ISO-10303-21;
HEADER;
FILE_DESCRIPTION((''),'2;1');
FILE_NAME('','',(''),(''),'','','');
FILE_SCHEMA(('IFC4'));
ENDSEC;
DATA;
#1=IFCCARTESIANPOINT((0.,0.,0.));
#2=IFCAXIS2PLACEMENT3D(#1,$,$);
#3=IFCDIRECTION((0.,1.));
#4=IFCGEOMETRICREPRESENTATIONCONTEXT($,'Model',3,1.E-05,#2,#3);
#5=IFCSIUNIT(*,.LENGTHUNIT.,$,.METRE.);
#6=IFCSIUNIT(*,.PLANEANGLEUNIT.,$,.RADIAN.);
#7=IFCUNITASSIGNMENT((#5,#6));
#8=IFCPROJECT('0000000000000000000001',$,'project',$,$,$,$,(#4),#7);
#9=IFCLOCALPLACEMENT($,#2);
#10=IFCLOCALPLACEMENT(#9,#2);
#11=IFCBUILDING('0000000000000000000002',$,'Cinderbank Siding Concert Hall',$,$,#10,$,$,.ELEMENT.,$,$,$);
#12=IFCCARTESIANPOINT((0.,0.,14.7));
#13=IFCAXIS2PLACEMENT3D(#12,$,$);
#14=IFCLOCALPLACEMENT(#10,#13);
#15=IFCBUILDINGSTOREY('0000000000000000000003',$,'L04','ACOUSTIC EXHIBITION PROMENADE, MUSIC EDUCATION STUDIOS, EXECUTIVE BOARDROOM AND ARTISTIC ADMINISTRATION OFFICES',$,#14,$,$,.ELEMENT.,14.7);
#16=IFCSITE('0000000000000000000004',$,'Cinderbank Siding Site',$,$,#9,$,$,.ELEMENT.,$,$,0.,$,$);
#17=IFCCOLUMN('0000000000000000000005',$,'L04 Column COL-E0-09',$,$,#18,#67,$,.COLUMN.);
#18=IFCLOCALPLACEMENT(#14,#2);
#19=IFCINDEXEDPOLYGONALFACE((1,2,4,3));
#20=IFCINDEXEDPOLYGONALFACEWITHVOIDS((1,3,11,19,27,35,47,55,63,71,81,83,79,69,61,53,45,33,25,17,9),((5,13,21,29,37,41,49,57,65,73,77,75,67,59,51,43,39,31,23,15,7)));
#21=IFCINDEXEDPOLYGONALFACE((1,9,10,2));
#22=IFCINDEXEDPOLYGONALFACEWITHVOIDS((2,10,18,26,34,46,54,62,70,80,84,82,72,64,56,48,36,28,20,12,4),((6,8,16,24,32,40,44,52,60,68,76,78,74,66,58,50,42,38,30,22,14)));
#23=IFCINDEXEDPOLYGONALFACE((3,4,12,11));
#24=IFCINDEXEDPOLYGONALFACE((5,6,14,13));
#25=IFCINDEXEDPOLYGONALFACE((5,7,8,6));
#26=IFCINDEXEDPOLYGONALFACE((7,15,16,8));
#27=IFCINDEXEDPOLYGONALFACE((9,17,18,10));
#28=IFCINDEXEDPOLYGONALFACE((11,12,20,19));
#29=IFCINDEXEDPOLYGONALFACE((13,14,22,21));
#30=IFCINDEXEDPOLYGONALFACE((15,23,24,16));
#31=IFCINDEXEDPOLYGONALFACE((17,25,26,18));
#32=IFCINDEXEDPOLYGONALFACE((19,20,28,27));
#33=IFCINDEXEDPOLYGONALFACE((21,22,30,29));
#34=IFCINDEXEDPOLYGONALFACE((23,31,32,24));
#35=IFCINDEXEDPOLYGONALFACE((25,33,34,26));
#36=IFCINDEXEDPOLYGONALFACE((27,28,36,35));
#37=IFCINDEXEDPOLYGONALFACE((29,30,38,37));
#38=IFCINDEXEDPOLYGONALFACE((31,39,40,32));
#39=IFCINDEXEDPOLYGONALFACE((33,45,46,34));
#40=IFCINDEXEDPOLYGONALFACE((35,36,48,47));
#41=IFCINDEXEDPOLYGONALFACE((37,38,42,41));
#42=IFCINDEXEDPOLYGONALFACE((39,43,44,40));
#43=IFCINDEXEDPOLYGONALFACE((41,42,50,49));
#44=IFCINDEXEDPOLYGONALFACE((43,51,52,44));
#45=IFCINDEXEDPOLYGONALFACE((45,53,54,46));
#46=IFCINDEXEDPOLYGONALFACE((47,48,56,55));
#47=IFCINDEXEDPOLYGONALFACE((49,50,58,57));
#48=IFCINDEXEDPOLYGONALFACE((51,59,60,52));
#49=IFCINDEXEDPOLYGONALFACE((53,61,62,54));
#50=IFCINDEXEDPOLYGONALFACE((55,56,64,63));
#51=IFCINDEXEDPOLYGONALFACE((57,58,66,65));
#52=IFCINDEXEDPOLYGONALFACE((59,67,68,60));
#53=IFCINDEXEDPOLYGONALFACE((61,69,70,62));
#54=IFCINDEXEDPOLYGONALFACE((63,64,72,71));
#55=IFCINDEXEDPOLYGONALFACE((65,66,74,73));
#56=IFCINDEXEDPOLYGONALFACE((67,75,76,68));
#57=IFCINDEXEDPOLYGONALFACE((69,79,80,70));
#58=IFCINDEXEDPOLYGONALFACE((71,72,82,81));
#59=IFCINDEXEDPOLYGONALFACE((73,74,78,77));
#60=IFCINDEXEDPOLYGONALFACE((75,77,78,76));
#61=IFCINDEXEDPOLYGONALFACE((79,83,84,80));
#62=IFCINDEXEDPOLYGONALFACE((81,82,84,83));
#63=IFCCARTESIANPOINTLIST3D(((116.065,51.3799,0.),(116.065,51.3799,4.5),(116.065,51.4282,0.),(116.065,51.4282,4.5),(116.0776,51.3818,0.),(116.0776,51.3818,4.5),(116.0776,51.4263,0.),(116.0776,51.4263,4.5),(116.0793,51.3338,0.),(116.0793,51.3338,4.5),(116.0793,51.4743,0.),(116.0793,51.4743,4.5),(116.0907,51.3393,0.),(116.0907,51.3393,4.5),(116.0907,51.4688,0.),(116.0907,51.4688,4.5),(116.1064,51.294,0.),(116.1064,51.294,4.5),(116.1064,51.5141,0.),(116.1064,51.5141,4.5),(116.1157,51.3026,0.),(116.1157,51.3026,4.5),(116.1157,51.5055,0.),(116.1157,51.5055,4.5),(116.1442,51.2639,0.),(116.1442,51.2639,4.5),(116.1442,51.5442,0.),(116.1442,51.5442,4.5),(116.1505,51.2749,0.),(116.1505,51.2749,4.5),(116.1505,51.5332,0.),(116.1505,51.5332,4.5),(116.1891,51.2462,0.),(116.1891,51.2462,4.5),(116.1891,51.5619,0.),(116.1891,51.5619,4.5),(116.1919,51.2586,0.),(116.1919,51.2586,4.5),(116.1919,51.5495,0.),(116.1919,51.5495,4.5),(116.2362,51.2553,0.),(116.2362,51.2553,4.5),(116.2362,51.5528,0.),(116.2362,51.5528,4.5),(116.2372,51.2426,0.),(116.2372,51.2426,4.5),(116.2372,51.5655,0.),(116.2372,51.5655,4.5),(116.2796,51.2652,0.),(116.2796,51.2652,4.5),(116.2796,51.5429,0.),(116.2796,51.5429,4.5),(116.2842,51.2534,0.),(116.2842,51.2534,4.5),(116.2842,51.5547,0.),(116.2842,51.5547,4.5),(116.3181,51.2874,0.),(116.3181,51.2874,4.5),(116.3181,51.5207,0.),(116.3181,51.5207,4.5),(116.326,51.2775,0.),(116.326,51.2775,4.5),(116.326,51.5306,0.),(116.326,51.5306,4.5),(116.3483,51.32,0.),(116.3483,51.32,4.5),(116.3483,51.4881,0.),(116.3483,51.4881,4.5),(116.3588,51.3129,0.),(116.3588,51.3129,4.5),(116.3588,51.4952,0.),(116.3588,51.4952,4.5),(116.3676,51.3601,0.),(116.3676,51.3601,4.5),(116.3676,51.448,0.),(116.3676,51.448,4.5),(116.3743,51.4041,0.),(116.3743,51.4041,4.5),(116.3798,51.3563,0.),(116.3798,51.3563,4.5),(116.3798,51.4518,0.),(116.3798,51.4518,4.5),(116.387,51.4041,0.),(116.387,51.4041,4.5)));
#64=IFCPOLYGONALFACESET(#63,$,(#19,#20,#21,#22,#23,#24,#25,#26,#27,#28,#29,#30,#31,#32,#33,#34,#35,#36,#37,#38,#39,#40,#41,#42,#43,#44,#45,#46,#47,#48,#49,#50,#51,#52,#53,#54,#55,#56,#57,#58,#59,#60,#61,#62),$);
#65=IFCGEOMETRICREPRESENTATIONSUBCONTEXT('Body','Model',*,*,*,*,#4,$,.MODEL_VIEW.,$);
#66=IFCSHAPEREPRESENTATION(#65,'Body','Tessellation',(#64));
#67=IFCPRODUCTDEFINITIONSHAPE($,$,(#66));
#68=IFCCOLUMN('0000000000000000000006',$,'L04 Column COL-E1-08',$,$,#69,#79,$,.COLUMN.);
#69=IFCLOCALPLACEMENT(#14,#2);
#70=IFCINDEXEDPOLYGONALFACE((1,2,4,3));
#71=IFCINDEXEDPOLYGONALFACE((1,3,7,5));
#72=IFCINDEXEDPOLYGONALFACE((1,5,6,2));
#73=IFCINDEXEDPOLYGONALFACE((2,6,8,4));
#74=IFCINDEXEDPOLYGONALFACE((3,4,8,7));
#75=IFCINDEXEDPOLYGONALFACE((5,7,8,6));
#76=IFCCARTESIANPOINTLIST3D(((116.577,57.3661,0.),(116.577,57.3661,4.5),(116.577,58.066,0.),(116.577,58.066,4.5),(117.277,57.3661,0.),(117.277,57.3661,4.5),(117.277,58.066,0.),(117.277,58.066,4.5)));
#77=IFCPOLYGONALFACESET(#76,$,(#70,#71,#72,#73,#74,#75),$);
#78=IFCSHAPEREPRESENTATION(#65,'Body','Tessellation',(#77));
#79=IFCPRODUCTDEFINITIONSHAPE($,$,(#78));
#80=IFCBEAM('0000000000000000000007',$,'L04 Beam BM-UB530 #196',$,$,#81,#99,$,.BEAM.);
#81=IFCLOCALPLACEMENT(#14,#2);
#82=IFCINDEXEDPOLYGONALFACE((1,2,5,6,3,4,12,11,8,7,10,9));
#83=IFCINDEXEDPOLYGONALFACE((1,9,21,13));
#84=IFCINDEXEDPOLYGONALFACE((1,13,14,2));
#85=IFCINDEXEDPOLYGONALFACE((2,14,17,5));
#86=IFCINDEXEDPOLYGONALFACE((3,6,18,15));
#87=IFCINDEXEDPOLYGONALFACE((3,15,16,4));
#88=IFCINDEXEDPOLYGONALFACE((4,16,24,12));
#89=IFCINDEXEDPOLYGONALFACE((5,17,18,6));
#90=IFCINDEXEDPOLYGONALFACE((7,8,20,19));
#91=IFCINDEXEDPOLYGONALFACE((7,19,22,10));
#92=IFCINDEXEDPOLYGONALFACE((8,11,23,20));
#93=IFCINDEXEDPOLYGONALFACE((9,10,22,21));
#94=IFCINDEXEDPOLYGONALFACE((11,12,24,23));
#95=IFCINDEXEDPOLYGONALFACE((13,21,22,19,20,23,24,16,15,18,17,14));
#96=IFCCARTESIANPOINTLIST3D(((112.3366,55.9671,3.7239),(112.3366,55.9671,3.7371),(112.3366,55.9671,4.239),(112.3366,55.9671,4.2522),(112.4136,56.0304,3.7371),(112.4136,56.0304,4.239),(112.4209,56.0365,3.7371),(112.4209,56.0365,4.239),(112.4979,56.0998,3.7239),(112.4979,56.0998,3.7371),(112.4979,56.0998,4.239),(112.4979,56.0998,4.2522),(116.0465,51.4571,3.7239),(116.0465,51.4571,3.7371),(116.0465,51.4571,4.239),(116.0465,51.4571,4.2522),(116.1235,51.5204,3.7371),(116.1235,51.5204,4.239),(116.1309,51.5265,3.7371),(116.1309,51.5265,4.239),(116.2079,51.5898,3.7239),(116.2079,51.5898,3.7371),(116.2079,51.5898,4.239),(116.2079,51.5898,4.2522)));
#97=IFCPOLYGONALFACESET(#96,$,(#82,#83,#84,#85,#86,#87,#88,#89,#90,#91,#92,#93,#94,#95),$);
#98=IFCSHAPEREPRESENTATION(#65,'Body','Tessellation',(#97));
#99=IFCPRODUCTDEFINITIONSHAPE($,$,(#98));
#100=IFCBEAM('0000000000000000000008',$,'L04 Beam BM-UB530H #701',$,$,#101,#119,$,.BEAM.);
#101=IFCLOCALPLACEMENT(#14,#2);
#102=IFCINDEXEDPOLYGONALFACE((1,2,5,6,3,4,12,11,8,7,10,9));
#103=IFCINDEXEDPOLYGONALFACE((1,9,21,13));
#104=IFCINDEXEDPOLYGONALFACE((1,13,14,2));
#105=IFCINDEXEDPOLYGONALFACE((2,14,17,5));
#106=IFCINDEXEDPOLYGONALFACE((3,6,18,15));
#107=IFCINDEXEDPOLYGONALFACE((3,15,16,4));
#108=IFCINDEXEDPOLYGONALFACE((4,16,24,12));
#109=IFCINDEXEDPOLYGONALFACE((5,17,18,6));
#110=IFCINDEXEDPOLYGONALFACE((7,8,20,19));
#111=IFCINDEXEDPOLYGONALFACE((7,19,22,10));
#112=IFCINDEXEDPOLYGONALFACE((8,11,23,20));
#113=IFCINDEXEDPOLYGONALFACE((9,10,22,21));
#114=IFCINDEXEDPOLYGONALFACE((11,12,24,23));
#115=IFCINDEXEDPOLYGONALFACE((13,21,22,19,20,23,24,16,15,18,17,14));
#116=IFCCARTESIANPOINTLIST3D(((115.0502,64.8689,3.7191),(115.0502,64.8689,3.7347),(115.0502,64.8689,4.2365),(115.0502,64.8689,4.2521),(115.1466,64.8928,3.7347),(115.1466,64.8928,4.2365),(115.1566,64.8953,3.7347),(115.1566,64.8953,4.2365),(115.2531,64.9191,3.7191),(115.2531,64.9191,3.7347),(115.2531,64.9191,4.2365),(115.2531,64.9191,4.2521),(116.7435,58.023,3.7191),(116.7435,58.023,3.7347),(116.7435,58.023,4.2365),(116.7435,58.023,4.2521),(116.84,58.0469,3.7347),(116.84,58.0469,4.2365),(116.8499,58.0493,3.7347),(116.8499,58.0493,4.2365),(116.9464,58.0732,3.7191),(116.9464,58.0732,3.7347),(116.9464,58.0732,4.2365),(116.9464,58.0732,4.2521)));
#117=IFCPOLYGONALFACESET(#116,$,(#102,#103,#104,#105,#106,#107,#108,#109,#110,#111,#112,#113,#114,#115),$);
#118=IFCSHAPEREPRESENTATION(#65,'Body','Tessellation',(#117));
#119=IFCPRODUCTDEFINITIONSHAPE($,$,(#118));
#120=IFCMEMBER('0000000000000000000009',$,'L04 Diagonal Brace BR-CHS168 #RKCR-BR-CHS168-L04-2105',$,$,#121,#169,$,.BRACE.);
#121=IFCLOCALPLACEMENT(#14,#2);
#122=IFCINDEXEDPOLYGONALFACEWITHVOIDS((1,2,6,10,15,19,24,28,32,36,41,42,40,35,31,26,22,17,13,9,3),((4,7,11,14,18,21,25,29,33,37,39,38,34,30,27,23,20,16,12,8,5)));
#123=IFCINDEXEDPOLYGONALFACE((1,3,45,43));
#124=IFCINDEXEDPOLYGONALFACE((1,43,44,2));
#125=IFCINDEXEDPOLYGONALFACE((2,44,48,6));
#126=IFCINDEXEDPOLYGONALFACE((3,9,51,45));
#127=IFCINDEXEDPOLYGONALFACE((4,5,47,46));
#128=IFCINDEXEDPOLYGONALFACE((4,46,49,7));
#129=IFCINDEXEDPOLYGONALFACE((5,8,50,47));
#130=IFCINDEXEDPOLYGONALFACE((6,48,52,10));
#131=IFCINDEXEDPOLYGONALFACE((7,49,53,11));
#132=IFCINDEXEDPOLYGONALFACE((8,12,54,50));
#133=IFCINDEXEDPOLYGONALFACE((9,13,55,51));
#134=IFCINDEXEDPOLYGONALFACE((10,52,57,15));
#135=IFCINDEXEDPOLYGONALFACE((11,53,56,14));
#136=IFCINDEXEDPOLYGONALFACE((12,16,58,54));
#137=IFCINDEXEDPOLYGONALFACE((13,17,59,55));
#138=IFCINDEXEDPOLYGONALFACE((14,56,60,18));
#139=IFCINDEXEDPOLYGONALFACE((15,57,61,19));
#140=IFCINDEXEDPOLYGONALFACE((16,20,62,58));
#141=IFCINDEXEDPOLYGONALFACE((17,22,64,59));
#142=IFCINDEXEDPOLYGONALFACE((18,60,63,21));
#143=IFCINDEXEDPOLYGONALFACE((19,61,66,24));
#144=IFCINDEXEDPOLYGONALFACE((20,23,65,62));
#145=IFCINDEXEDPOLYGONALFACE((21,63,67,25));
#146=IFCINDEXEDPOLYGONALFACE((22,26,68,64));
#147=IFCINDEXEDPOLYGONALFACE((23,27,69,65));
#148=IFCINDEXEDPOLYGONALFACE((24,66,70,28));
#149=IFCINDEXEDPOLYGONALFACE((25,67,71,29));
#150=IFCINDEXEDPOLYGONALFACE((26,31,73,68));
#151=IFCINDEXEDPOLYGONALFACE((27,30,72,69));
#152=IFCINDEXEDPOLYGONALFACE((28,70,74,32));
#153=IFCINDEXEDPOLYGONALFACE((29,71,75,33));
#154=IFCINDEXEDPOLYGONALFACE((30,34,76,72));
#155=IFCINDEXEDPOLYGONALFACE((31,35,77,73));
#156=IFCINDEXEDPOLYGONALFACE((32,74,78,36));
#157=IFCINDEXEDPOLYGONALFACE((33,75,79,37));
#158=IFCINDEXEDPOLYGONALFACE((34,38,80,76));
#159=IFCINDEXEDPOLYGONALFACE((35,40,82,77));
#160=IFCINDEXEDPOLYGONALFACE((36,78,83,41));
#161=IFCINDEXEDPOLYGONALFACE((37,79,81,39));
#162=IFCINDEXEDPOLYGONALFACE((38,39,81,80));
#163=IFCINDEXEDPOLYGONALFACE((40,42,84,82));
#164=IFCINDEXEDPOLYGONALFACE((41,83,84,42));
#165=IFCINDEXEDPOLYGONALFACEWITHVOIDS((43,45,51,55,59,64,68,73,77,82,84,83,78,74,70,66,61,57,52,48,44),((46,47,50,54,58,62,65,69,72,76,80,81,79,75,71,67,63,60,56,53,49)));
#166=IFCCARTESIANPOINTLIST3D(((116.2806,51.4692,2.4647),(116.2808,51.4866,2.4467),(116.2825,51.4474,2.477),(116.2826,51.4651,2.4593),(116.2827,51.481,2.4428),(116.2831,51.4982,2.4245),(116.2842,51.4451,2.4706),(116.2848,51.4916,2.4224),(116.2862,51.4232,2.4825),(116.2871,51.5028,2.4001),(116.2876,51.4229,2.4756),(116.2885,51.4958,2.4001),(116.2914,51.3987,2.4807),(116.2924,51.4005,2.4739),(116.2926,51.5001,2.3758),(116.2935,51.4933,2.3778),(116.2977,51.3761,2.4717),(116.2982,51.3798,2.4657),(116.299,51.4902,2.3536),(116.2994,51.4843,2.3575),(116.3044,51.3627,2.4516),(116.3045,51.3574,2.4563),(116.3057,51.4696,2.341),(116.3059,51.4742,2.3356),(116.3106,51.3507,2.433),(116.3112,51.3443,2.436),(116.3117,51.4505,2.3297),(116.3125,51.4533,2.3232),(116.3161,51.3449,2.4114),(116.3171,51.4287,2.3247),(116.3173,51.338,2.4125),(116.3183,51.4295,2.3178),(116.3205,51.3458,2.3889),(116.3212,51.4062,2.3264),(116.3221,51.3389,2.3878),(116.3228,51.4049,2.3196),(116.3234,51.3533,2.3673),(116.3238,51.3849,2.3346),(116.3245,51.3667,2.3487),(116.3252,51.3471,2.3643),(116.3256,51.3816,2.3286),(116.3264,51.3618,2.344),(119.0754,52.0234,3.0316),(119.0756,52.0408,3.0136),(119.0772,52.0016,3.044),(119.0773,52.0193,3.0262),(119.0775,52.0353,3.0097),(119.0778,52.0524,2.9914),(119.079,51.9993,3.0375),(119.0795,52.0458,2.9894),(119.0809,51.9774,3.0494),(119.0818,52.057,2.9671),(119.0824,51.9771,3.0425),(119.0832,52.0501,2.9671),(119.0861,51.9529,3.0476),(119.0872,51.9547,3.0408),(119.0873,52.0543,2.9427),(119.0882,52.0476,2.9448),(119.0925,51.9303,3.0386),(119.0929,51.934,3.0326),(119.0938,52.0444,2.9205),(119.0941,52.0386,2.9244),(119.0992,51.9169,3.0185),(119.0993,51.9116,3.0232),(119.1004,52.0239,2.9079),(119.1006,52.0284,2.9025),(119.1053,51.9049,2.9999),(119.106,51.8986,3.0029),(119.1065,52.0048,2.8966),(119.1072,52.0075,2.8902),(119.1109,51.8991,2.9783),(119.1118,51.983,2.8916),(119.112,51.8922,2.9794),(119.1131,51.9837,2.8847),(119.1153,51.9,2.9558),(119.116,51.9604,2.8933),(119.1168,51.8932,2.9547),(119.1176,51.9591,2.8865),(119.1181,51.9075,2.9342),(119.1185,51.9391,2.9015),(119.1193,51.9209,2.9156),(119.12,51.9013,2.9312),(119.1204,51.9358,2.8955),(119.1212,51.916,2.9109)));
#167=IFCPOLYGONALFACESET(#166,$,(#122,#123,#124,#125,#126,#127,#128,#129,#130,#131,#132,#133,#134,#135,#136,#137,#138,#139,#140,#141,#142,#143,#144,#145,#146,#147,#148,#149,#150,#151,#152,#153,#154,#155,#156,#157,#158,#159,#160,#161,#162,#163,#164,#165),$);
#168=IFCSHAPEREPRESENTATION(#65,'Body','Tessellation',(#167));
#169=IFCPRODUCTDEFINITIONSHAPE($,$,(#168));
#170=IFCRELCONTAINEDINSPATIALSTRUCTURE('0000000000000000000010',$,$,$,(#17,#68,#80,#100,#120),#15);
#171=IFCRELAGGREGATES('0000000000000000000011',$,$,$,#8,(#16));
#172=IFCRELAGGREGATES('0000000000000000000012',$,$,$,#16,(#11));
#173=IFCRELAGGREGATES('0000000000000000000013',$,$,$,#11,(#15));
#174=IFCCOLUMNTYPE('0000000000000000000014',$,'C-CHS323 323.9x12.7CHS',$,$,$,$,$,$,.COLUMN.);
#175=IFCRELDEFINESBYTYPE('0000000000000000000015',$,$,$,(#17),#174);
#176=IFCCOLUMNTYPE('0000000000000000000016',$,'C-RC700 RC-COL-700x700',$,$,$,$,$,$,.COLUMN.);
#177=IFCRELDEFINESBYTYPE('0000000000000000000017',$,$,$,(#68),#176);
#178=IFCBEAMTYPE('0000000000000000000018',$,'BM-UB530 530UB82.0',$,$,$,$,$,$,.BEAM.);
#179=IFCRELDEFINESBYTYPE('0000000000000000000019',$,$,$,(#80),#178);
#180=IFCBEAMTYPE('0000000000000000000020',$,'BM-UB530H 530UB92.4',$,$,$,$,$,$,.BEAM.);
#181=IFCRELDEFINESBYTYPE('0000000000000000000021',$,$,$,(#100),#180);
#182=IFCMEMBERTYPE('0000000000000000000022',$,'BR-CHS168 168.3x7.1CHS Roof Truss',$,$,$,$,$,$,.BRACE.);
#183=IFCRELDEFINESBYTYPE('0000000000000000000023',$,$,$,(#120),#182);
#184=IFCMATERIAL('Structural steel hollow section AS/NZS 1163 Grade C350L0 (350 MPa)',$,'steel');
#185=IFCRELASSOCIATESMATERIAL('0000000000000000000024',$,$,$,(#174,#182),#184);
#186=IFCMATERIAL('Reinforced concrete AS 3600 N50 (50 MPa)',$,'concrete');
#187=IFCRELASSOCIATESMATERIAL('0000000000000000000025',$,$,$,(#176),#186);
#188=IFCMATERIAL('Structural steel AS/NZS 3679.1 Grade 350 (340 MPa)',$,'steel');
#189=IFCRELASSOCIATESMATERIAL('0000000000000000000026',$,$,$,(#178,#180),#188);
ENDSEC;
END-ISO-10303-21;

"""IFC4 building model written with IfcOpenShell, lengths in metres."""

from ifc_helpers import new_model, si_unit, direction, frame, origin, origin_2d, place, context, subcontext, project, spatial, rectangle, hollow_circle, i_section, extrude, material, material_profile, profile_set, type_object, element, save


model = new_model("IFC4")

# Units and contexts
model_context = context("Model", 3, precision=1e-05, world=origin(), true_north=direction((0.0, 1.0)))
body_context = subcontext(model_context, "Body", "Model", "MODEL_VIEW")
ifc_project = project(units=[si_unit("LENGTHUNIT", "METRE"), si_unit("PLANEANGLEUNIT", "RADIAN")], contexts=[model_context])

# Site, building, storey
site_placement = place(None, origin())
site = spatial("IfcSite", under=ifc_project, at=site_placement, Name="Cinderbank Siding Site", CompositionType="ELEMENT", RefElevation=0.0)
building_placement = place(site_placement, origin())
building = spatial("IfcBuilding", under=site, at=building_placement, Name="Cinderbank Siding Concert Hall", CompositionType="ELEMENT")
storey_placement = place(building_placement, frame((0.0, 0.0, 14.7)))
storey = spatial("IfcBuildingStorey", under=building, at=storey_placement, Name="L04", Description="ACOUSTIC EXHIBITION PROMENADE, MUSIC EDUCATION STUDIOS, EXECUTIVE BOARDROOM AND ARTISTIC ADMINISTRATION OFFICES", CompositionType="ELEMENT", Elevation=14.7)

# Columns
ifc_material_1 = material(Name="Structural steel hollow section AS/NZS 1163 Grade C350L0 (350 MPa)", Category="steel")
ifc_material_profile_1 = material_profile(ifc_material_1, hollow_circle(Radius=0.1619, WallThickness=0.0127, at=origin_2d()), Name="323.9x12.7CHS", Category="LoadBearing")
ifc_profile_set_1 = profile_set([ifc_material_profile_1], Name="Structural steel hollow section AS/NZS 1163 Grade C350L0 (350 MPa)")
column_type_1 = type_object("IfcColumnType", Name="C-CHS323 323.9x12.7CHS", PredefinedType="COLUMN", material=ifc_profile_set_1)
column_1_placement = place(storey_placement, frame((116.2251, 51.4041, 0.0), z_axis=(0.0, 0.0, 1.0), x_axis=(1.0, 0.0, 0.0)))
element("IfcColumn", 1, at=column_1_placement, inside=storey, type_object=column_type_1, Name="L04 Column COL-E0-09", PredefinedType="COLUMN", context=body_context, shape_type="SweptSolid", body=[
    extrude(hollow_circle(Radius=0.1619, WallThickness=0.0127, at=origin_2d()), origin(), (0.0, 0.0, 1.0), 4.5),
])
ifc_material_2 = material(Name="Reinforced concrete AS 3600 N50 (50 MPa)", Category="concrete")
ifc_material_profile_2 = material_profile(ifc_material_2, rectangle(XDim=0.7, YDim=0.7, at=origin_2d()), Name="RC-COL-700x700", Category="LoadBearing")
ifc_profile_set_2 = profile_set([ifc_material_profile_2], Name="Reinforced concrete AS 3600 N50 (50 MPa)")
column_type_2 = type_object("IfcColumnType", Name="C-RC700 RC-COL-700x700", PredefinedType="COLUMN", material=ifc_profile_set_2)
column_2_placement = place(storey_placement, frame((116.927, 57.7161, 0.0), z_axis=(0.0, 0.0, 1.0), x_axis=(1.0, 0.0, 0.0)))
element("IfcColumn", 2, at=column_2_placement, inside=storey, type_object=column_type_2, Name="L04 Column COL-E1-08", PredefinedType="COLUMN", context=body_context, shape_type="SweptSolid", body=[
    extrude(rectangle(XDim=0.7, YDim=0.7, at=origin_2d()), origin(), (0.0, 0.0, 1.0), 4.5),
])

# Beams
ifc_material_3 = material(Name="Structural steel AS/NZS 3679.1 Grade 350 (340 MPa)", Category="steel")
ifc_material_profile_3 = material_profile(ifc_material_3, i_section(OverallWidth=0.209, OverallDepth=0.5283, WebThickness=0.0095, FlangeThickness=0.0132, at=origin_2d()), Name="530UB82.0", Category="LoadBearing")
ifc_profile_set_3 = profile_set([ifc_material_profile_3], Name="Structural steel AS/NZS 3679.1 Grade 350 (340 MPa)")
beam_type_1 = type_object("IfcBeamType", Name="BM-UB530 530UB82.0", PredefinedType="BEAM", material=ifc_profile_set_3)
beam_1_placement = place(storey_placement, frame((116.1272, 51.5234, 3.988), z_axis=(-0.635282, 0.77228, 0.0), x_axis=(-0.77228, -0.635282, 0.0)))
element("IfcBeam", 3, at=beam_1_placement, inside=storey, type_object=beam_type_1, Name="L04 Beam BM-UB530 #196", PredefinedType="BEAM", context=body_context, shape_type="SweptSolid", body=[
    extrude(i_section(OverallWidth=0.209, OverallDepth=0.5283, WebThickness=0.0095, FlangeThickness=0.0132, at=origin_2d()), origin(), (0.0, 0.0, 1.0), 5.8398),
])
ifc_material_profile_4 = material_profile(ifc_material_3, i_section(OverallWidth=0.209, OverallDepth=0.533, WebThickness=0.0103, FlangeThickness=0.0156, at=origin_2d()), Name="530UB92.4", Category="LoadBearing")
ifc_profile_set_4 = profile_set([ifc_material_profile_4], Name="Structural steel AS/NZS 3679.1 Grade 350 (340 MPa)")
beam_type_2 = type_object("IfcBeamType", Name="BM-UB530H 530UB92.4", PredefinedType="BEAM", material=ifc_profile_set_4)
beam_2_placement = place(storey_placement, frame((116.845, 58.0481, 3.9856), z_axis=(-0.240116, 0.970744, 0.0), x_axis=(-0.970744, -0.240116, 0.0)))
element("IfcBeam", 4, at=beam_2_placement, inside=storey, type_object=beam_type_2, Name="L04 Beam BM-UB530H #701", PredefinedType="BEAM", context=body_context, shape_type="SweptSolid", body=[
    extrude(i_section(OverallWidth=0.209, OverallDepth=0.533, WebThickness=0.0103, FlangeThickness=0.0156, at=origin_2d()), origin(), (0.0, 0.0, 1.0), 7.0522),
])

# Member
ifc_material_profile_5 = material_profile(ifc_material_1, hollow_circle(Radius=0.0842, WallThickness=0.0071, at=origin_2d()), Name="168.3x7.1CHS", Category="LoadBearing")
ifc_profile_set_5 = profile_set([ifc_material_profile_5], Name="Structural steel hollow section AS/NZS 1163 Grade C350L0 (350 MPa)")
member_type_1 = type_object("IfcMemberType", Name="BR-CHS168 168.3x7.1CHS Roof Truss", PredefinedType="BRACE", material=ifc_profile_set_5)
member_1_placement = place(storey_placement, frame((116.3035, 51.4202, 2.4001), z_axis=(0.96204, 0.190778, 0.195148), x_axis=(-0.194517, 0.980899, 0.0)))
element("IfcMember", 5, at=member_1_placement, inside=storey, type_object=member_type_1, Name="L04 Diagonal Brace BR-CHS168 #RKCR-BR-CHS168-L04-2105", PredefinedType="BRACE", context=body_context, shape_type="SweptSolid", body=[
    extrude(hollow_circle(Radius=0.0842, WallThickness=0.0071, at=origin_2d()), origin(), (0.0, 0.0, 1.0), 2.905),
])

save(model, "model.ifc")
